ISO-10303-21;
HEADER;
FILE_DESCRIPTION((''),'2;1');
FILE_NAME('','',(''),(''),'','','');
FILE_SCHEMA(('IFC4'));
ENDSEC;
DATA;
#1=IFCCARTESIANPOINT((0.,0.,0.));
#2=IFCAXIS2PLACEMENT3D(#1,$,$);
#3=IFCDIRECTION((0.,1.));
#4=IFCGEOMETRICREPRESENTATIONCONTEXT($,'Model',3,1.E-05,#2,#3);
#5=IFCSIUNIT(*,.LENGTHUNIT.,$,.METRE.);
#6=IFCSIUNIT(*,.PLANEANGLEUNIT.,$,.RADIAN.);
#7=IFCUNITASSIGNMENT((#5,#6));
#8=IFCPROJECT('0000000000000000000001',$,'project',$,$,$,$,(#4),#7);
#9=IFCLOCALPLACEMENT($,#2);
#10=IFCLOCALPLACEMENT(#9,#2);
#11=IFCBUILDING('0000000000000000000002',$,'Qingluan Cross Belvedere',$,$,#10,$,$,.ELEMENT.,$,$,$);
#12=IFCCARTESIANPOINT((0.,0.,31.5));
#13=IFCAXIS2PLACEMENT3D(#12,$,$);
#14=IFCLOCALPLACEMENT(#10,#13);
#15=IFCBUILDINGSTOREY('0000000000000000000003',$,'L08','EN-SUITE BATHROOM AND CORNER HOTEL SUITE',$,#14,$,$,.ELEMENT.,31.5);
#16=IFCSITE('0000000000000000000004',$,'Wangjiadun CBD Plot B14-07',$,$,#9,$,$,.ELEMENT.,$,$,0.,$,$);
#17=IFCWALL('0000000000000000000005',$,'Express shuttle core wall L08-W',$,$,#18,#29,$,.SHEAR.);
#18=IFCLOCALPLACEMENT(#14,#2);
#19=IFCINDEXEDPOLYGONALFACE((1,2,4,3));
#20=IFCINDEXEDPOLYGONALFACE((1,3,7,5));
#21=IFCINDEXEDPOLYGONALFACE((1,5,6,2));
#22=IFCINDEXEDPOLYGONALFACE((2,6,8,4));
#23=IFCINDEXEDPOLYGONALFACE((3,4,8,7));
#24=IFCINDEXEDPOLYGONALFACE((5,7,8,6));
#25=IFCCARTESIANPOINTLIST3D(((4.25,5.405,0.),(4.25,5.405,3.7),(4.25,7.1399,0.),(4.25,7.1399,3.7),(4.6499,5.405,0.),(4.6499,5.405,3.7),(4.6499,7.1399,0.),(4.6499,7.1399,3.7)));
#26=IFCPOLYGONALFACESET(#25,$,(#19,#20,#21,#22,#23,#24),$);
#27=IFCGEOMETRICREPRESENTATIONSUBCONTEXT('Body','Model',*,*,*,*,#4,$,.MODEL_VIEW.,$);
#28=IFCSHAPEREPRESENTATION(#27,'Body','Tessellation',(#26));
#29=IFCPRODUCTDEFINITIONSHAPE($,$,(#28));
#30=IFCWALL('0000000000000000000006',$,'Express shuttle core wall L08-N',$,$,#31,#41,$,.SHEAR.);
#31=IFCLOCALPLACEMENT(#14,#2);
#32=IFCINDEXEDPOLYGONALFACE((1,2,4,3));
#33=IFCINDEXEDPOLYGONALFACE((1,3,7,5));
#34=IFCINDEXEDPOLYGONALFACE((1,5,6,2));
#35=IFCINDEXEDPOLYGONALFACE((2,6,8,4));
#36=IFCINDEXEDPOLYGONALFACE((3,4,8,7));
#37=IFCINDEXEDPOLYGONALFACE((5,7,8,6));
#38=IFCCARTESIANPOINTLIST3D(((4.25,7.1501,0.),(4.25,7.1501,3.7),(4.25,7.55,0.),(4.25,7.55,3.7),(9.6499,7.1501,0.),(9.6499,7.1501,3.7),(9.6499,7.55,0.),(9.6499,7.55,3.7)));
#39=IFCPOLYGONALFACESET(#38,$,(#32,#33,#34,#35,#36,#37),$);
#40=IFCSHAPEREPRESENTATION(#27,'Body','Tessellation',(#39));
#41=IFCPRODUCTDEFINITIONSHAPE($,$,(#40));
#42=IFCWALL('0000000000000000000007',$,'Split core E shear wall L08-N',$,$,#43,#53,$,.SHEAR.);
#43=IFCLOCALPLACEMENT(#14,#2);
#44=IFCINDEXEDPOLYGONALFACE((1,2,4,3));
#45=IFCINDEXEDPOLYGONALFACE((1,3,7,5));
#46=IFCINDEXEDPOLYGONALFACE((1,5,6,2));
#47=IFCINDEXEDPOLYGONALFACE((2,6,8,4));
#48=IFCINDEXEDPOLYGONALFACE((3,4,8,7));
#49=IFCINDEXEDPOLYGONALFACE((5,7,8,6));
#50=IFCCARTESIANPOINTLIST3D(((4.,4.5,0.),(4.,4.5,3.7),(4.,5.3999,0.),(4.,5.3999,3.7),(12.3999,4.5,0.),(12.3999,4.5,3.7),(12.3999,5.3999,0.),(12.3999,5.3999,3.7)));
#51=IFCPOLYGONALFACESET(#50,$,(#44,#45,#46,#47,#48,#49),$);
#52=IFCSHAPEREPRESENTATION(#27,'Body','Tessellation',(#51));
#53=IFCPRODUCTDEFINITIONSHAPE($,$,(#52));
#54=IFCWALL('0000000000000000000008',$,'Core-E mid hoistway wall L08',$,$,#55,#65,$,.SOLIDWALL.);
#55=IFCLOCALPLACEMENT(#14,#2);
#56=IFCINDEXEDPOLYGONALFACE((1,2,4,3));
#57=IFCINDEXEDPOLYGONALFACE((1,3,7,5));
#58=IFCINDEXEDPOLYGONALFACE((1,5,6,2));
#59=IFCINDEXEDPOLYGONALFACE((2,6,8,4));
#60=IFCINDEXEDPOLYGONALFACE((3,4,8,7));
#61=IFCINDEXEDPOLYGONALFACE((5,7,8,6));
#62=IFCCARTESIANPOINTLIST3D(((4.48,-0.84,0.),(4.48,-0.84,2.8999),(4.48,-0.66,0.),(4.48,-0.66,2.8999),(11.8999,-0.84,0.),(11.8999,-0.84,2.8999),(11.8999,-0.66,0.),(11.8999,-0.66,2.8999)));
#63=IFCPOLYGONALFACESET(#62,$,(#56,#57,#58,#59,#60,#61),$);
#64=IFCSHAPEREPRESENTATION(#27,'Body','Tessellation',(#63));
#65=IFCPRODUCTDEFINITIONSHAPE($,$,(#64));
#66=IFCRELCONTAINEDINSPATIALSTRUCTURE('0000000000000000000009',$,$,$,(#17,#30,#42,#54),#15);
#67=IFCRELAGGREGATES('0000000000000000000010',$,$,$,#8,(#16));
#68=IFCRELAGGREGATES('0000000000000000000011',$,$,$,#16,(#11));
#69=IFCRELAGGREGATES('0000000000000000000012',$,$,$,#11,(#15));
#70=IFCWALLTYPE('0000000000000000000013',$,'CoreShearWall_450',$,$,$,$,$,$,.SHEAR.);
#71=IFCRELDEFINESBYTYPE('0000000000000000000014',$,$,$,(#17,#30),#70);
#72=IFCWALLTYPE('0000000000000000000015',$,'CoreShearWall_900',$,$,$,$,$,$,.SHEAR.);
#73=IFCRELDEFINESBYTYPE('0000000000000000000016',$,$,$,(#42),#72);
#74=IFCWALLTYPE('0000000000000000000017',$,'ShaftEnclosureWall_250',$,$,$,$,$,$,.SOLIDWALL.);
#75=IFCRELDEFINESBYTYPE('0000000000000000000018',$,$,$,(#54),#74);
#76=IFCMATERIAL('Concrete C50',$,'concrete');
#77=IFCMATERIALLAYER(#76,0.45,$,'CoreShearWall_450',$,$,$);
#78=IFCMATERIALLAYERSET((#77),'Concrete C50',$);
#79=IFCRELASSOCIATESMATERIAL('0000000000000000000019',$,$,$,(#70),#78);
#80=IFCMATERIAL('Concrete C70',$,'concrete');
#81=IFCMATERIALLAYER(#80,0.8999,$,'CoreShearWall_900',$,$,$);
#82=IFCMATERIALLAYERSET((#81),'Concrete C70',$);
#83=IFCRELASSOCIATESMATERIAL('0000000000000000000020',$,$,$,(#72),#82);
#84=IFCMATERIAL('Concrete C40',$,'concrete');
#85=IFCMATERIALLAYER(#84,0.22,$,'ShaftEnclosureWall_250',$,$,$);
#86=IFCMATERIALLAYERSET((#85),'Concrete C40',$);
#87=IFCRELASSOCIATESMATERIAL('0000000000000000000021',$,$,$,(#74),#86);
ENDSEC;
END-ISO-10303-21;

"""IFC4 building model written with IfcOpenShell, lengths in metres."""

from ifc_helpers import new_model, si_unit, direction, frame, frame_2d, origin, place, context, subcontext, project, spatial, rectangle, extrude, material, layer, layer_set, type_object, element, save


model = new_model("IFC4")

# Units and contexts
model_context = context("Model", 3, precision=1e-05, world=origin(), true_north=direction((0.0, 1.0)))
body_context = subcontext(model_context, "Body", "Model", "MODEL_VIEW")
ifc_project = project(units=[si_unit("LENGTHUNIT", "METRE"), si_unit("PLANEANGLEUNIT", "RADIAN")], contexts=[model_context])

# Site, building, storey
site_placement = place(None, origin())
site = spatial("IfcSite", under=ifc_project, at=site_placement, Name="Wangjiadun CBD Plot B14-07", CompositionType="ELEMENT", RefElevation=0.0)
building_placement = place(site_placement, origin())
building = spatial("IfcBuilding", under=site, at=building_placement, Name="Qingluan Cross Belvedere", CompositionType="ELEMENT")
storey_placement = place(building_placement, frame((0.0, 0.0, 31.5)))
storey = spatial("IfcBuildingStorey", under=building, at=storey_placement, Name="L08", Description="EN-SUITE BATHROOM AND CORNER HOTEL SUITE", CompositionType="ELEMENT", Elevation=31.5)

# Walls
ifc_material_1 = material(Name="Concrete C50", Category="concrete")
ifc_layer_1 = layer(ifc_material_1, 0.45, Name="CoreShearWall_450")
ifc_layer_set_1 = layer_set([ifc_layer_1], Name="Concrete C50")
wall_type_1 = type_object("IfcWallType", Name="CoreShearWall_450", PredefinedType="SHEAR", material=ifc_layer_set_1)
wall_1_placement = place(storey_placement, frame((4.45, 5.405, 0.0), z_axis=(0.0, 0.0, 1.0), x_axis=(0.0, 1.0, 0.0)))
element("IfcWall", 1, at=wall_1_placement, inside=storey, type_object=wall_type_1, Name="Express shuttle core wall L08-W", PredefinedType="SHEAR", context=body_context, shape_type="SweptSolid", body=[
    extrude(rectangle(XDim=1.7349, YDim=0.3999, at=frame_2d((0.8674, 0.0))), origin(), (0.0, 0.0, 1.0), 3.7),
])
wall_2_placement = place(storey_placement, frame((4.25, 7.3501, 0.0), z_axis=(0.0, 0.0, 1.0), x_axis=(1.0, 0.0, 0.0)))
element("IfcWall", 2, at=wall_2_placement, inside=storey, type_object=wall_type_1, Name="Express shuttle core wall L08-N", PredefinedType="SHEAR", context=body_context, shape_type="SweptSolid", body=[
    extrude(rectangle(XDim=5.3999, YDim=0.3999, at=frame_2d((2.7, 0.0))), origin(), (0.0, 0.0, 1.0), 3.7),
])
ifc_material_2 = material(Name="Concrete C70", Category="concrete")
ifc_layer_2 = layer(ifc_material_2, 0.8999, Name="CoreShearWall_900")
ifc_layer_set_2 = layer_set([ifc_layer_2], Name="Concrete C70")
wall_type_2 = type_object("IfcWallType", Name="CoreShearWall_900", PredefinedType="SHEAR", material=ifc_layer_set_2)
wall_3_placement = place(storey_placement, frame((4.0, 4.95, 0.0), z_axis=(0.0, 0.0, 1.0), x_axis=(1.0, 0.0, 0.0)))
element("IfcWall", 3, at=wall_3_placement, inside=storey, type_object=wall_type_2, Name="Split core E shear wall L08-N", PredefinedType="SHEAR", context=body_context, shape_type="SweptSolid", body=[
    extrude(rectangle(XDim=8.3999, YDim=0.8999, at=frame_2d((4.2, 0.0))), origin(), (0.0, 0.0, 1.0), 3.7),
])

# Shared definitions
ifc_material_3 = material(Name="Concrete C40", Category="concrete")
ifc_layer_3 = layer(ifc_material_3, 0.22, Name="ShaftEnclosureWall_250")
ifc_layer_set_3 = layer_set([ifc_layer_3], Name="Concrete C40")
wall_type_3 = type_object("IfcWallType", Name="ShaftEnclosureWall_250", PredefinedType="SOLIDWALL", material=ifc_layer_set_3)

# Wall
wall_4_placement = place(storey_placement, frame((4.48, -0.75, 0.0), z_axis=(0.0, 0.0, 1.0), x_axis=(1.0, 0.0, 0.0)))
element("IfcWall", 4, at=wall_4_placement, inside=storey, type_object=wall_type_3, Name="Core-E mid hoistway wall L08", PredefinedType="SOLIDWALL", context=body_context, shape_type="SweptSolid", body=[
    extrude(rectangle(XDim=7.4199, YDim=0.1799, at=frame_2d((3.71, 0.0))), origin(), (0.0, 0.0, 1.0), 2.8999),
])

save(model, "model.ifc")
